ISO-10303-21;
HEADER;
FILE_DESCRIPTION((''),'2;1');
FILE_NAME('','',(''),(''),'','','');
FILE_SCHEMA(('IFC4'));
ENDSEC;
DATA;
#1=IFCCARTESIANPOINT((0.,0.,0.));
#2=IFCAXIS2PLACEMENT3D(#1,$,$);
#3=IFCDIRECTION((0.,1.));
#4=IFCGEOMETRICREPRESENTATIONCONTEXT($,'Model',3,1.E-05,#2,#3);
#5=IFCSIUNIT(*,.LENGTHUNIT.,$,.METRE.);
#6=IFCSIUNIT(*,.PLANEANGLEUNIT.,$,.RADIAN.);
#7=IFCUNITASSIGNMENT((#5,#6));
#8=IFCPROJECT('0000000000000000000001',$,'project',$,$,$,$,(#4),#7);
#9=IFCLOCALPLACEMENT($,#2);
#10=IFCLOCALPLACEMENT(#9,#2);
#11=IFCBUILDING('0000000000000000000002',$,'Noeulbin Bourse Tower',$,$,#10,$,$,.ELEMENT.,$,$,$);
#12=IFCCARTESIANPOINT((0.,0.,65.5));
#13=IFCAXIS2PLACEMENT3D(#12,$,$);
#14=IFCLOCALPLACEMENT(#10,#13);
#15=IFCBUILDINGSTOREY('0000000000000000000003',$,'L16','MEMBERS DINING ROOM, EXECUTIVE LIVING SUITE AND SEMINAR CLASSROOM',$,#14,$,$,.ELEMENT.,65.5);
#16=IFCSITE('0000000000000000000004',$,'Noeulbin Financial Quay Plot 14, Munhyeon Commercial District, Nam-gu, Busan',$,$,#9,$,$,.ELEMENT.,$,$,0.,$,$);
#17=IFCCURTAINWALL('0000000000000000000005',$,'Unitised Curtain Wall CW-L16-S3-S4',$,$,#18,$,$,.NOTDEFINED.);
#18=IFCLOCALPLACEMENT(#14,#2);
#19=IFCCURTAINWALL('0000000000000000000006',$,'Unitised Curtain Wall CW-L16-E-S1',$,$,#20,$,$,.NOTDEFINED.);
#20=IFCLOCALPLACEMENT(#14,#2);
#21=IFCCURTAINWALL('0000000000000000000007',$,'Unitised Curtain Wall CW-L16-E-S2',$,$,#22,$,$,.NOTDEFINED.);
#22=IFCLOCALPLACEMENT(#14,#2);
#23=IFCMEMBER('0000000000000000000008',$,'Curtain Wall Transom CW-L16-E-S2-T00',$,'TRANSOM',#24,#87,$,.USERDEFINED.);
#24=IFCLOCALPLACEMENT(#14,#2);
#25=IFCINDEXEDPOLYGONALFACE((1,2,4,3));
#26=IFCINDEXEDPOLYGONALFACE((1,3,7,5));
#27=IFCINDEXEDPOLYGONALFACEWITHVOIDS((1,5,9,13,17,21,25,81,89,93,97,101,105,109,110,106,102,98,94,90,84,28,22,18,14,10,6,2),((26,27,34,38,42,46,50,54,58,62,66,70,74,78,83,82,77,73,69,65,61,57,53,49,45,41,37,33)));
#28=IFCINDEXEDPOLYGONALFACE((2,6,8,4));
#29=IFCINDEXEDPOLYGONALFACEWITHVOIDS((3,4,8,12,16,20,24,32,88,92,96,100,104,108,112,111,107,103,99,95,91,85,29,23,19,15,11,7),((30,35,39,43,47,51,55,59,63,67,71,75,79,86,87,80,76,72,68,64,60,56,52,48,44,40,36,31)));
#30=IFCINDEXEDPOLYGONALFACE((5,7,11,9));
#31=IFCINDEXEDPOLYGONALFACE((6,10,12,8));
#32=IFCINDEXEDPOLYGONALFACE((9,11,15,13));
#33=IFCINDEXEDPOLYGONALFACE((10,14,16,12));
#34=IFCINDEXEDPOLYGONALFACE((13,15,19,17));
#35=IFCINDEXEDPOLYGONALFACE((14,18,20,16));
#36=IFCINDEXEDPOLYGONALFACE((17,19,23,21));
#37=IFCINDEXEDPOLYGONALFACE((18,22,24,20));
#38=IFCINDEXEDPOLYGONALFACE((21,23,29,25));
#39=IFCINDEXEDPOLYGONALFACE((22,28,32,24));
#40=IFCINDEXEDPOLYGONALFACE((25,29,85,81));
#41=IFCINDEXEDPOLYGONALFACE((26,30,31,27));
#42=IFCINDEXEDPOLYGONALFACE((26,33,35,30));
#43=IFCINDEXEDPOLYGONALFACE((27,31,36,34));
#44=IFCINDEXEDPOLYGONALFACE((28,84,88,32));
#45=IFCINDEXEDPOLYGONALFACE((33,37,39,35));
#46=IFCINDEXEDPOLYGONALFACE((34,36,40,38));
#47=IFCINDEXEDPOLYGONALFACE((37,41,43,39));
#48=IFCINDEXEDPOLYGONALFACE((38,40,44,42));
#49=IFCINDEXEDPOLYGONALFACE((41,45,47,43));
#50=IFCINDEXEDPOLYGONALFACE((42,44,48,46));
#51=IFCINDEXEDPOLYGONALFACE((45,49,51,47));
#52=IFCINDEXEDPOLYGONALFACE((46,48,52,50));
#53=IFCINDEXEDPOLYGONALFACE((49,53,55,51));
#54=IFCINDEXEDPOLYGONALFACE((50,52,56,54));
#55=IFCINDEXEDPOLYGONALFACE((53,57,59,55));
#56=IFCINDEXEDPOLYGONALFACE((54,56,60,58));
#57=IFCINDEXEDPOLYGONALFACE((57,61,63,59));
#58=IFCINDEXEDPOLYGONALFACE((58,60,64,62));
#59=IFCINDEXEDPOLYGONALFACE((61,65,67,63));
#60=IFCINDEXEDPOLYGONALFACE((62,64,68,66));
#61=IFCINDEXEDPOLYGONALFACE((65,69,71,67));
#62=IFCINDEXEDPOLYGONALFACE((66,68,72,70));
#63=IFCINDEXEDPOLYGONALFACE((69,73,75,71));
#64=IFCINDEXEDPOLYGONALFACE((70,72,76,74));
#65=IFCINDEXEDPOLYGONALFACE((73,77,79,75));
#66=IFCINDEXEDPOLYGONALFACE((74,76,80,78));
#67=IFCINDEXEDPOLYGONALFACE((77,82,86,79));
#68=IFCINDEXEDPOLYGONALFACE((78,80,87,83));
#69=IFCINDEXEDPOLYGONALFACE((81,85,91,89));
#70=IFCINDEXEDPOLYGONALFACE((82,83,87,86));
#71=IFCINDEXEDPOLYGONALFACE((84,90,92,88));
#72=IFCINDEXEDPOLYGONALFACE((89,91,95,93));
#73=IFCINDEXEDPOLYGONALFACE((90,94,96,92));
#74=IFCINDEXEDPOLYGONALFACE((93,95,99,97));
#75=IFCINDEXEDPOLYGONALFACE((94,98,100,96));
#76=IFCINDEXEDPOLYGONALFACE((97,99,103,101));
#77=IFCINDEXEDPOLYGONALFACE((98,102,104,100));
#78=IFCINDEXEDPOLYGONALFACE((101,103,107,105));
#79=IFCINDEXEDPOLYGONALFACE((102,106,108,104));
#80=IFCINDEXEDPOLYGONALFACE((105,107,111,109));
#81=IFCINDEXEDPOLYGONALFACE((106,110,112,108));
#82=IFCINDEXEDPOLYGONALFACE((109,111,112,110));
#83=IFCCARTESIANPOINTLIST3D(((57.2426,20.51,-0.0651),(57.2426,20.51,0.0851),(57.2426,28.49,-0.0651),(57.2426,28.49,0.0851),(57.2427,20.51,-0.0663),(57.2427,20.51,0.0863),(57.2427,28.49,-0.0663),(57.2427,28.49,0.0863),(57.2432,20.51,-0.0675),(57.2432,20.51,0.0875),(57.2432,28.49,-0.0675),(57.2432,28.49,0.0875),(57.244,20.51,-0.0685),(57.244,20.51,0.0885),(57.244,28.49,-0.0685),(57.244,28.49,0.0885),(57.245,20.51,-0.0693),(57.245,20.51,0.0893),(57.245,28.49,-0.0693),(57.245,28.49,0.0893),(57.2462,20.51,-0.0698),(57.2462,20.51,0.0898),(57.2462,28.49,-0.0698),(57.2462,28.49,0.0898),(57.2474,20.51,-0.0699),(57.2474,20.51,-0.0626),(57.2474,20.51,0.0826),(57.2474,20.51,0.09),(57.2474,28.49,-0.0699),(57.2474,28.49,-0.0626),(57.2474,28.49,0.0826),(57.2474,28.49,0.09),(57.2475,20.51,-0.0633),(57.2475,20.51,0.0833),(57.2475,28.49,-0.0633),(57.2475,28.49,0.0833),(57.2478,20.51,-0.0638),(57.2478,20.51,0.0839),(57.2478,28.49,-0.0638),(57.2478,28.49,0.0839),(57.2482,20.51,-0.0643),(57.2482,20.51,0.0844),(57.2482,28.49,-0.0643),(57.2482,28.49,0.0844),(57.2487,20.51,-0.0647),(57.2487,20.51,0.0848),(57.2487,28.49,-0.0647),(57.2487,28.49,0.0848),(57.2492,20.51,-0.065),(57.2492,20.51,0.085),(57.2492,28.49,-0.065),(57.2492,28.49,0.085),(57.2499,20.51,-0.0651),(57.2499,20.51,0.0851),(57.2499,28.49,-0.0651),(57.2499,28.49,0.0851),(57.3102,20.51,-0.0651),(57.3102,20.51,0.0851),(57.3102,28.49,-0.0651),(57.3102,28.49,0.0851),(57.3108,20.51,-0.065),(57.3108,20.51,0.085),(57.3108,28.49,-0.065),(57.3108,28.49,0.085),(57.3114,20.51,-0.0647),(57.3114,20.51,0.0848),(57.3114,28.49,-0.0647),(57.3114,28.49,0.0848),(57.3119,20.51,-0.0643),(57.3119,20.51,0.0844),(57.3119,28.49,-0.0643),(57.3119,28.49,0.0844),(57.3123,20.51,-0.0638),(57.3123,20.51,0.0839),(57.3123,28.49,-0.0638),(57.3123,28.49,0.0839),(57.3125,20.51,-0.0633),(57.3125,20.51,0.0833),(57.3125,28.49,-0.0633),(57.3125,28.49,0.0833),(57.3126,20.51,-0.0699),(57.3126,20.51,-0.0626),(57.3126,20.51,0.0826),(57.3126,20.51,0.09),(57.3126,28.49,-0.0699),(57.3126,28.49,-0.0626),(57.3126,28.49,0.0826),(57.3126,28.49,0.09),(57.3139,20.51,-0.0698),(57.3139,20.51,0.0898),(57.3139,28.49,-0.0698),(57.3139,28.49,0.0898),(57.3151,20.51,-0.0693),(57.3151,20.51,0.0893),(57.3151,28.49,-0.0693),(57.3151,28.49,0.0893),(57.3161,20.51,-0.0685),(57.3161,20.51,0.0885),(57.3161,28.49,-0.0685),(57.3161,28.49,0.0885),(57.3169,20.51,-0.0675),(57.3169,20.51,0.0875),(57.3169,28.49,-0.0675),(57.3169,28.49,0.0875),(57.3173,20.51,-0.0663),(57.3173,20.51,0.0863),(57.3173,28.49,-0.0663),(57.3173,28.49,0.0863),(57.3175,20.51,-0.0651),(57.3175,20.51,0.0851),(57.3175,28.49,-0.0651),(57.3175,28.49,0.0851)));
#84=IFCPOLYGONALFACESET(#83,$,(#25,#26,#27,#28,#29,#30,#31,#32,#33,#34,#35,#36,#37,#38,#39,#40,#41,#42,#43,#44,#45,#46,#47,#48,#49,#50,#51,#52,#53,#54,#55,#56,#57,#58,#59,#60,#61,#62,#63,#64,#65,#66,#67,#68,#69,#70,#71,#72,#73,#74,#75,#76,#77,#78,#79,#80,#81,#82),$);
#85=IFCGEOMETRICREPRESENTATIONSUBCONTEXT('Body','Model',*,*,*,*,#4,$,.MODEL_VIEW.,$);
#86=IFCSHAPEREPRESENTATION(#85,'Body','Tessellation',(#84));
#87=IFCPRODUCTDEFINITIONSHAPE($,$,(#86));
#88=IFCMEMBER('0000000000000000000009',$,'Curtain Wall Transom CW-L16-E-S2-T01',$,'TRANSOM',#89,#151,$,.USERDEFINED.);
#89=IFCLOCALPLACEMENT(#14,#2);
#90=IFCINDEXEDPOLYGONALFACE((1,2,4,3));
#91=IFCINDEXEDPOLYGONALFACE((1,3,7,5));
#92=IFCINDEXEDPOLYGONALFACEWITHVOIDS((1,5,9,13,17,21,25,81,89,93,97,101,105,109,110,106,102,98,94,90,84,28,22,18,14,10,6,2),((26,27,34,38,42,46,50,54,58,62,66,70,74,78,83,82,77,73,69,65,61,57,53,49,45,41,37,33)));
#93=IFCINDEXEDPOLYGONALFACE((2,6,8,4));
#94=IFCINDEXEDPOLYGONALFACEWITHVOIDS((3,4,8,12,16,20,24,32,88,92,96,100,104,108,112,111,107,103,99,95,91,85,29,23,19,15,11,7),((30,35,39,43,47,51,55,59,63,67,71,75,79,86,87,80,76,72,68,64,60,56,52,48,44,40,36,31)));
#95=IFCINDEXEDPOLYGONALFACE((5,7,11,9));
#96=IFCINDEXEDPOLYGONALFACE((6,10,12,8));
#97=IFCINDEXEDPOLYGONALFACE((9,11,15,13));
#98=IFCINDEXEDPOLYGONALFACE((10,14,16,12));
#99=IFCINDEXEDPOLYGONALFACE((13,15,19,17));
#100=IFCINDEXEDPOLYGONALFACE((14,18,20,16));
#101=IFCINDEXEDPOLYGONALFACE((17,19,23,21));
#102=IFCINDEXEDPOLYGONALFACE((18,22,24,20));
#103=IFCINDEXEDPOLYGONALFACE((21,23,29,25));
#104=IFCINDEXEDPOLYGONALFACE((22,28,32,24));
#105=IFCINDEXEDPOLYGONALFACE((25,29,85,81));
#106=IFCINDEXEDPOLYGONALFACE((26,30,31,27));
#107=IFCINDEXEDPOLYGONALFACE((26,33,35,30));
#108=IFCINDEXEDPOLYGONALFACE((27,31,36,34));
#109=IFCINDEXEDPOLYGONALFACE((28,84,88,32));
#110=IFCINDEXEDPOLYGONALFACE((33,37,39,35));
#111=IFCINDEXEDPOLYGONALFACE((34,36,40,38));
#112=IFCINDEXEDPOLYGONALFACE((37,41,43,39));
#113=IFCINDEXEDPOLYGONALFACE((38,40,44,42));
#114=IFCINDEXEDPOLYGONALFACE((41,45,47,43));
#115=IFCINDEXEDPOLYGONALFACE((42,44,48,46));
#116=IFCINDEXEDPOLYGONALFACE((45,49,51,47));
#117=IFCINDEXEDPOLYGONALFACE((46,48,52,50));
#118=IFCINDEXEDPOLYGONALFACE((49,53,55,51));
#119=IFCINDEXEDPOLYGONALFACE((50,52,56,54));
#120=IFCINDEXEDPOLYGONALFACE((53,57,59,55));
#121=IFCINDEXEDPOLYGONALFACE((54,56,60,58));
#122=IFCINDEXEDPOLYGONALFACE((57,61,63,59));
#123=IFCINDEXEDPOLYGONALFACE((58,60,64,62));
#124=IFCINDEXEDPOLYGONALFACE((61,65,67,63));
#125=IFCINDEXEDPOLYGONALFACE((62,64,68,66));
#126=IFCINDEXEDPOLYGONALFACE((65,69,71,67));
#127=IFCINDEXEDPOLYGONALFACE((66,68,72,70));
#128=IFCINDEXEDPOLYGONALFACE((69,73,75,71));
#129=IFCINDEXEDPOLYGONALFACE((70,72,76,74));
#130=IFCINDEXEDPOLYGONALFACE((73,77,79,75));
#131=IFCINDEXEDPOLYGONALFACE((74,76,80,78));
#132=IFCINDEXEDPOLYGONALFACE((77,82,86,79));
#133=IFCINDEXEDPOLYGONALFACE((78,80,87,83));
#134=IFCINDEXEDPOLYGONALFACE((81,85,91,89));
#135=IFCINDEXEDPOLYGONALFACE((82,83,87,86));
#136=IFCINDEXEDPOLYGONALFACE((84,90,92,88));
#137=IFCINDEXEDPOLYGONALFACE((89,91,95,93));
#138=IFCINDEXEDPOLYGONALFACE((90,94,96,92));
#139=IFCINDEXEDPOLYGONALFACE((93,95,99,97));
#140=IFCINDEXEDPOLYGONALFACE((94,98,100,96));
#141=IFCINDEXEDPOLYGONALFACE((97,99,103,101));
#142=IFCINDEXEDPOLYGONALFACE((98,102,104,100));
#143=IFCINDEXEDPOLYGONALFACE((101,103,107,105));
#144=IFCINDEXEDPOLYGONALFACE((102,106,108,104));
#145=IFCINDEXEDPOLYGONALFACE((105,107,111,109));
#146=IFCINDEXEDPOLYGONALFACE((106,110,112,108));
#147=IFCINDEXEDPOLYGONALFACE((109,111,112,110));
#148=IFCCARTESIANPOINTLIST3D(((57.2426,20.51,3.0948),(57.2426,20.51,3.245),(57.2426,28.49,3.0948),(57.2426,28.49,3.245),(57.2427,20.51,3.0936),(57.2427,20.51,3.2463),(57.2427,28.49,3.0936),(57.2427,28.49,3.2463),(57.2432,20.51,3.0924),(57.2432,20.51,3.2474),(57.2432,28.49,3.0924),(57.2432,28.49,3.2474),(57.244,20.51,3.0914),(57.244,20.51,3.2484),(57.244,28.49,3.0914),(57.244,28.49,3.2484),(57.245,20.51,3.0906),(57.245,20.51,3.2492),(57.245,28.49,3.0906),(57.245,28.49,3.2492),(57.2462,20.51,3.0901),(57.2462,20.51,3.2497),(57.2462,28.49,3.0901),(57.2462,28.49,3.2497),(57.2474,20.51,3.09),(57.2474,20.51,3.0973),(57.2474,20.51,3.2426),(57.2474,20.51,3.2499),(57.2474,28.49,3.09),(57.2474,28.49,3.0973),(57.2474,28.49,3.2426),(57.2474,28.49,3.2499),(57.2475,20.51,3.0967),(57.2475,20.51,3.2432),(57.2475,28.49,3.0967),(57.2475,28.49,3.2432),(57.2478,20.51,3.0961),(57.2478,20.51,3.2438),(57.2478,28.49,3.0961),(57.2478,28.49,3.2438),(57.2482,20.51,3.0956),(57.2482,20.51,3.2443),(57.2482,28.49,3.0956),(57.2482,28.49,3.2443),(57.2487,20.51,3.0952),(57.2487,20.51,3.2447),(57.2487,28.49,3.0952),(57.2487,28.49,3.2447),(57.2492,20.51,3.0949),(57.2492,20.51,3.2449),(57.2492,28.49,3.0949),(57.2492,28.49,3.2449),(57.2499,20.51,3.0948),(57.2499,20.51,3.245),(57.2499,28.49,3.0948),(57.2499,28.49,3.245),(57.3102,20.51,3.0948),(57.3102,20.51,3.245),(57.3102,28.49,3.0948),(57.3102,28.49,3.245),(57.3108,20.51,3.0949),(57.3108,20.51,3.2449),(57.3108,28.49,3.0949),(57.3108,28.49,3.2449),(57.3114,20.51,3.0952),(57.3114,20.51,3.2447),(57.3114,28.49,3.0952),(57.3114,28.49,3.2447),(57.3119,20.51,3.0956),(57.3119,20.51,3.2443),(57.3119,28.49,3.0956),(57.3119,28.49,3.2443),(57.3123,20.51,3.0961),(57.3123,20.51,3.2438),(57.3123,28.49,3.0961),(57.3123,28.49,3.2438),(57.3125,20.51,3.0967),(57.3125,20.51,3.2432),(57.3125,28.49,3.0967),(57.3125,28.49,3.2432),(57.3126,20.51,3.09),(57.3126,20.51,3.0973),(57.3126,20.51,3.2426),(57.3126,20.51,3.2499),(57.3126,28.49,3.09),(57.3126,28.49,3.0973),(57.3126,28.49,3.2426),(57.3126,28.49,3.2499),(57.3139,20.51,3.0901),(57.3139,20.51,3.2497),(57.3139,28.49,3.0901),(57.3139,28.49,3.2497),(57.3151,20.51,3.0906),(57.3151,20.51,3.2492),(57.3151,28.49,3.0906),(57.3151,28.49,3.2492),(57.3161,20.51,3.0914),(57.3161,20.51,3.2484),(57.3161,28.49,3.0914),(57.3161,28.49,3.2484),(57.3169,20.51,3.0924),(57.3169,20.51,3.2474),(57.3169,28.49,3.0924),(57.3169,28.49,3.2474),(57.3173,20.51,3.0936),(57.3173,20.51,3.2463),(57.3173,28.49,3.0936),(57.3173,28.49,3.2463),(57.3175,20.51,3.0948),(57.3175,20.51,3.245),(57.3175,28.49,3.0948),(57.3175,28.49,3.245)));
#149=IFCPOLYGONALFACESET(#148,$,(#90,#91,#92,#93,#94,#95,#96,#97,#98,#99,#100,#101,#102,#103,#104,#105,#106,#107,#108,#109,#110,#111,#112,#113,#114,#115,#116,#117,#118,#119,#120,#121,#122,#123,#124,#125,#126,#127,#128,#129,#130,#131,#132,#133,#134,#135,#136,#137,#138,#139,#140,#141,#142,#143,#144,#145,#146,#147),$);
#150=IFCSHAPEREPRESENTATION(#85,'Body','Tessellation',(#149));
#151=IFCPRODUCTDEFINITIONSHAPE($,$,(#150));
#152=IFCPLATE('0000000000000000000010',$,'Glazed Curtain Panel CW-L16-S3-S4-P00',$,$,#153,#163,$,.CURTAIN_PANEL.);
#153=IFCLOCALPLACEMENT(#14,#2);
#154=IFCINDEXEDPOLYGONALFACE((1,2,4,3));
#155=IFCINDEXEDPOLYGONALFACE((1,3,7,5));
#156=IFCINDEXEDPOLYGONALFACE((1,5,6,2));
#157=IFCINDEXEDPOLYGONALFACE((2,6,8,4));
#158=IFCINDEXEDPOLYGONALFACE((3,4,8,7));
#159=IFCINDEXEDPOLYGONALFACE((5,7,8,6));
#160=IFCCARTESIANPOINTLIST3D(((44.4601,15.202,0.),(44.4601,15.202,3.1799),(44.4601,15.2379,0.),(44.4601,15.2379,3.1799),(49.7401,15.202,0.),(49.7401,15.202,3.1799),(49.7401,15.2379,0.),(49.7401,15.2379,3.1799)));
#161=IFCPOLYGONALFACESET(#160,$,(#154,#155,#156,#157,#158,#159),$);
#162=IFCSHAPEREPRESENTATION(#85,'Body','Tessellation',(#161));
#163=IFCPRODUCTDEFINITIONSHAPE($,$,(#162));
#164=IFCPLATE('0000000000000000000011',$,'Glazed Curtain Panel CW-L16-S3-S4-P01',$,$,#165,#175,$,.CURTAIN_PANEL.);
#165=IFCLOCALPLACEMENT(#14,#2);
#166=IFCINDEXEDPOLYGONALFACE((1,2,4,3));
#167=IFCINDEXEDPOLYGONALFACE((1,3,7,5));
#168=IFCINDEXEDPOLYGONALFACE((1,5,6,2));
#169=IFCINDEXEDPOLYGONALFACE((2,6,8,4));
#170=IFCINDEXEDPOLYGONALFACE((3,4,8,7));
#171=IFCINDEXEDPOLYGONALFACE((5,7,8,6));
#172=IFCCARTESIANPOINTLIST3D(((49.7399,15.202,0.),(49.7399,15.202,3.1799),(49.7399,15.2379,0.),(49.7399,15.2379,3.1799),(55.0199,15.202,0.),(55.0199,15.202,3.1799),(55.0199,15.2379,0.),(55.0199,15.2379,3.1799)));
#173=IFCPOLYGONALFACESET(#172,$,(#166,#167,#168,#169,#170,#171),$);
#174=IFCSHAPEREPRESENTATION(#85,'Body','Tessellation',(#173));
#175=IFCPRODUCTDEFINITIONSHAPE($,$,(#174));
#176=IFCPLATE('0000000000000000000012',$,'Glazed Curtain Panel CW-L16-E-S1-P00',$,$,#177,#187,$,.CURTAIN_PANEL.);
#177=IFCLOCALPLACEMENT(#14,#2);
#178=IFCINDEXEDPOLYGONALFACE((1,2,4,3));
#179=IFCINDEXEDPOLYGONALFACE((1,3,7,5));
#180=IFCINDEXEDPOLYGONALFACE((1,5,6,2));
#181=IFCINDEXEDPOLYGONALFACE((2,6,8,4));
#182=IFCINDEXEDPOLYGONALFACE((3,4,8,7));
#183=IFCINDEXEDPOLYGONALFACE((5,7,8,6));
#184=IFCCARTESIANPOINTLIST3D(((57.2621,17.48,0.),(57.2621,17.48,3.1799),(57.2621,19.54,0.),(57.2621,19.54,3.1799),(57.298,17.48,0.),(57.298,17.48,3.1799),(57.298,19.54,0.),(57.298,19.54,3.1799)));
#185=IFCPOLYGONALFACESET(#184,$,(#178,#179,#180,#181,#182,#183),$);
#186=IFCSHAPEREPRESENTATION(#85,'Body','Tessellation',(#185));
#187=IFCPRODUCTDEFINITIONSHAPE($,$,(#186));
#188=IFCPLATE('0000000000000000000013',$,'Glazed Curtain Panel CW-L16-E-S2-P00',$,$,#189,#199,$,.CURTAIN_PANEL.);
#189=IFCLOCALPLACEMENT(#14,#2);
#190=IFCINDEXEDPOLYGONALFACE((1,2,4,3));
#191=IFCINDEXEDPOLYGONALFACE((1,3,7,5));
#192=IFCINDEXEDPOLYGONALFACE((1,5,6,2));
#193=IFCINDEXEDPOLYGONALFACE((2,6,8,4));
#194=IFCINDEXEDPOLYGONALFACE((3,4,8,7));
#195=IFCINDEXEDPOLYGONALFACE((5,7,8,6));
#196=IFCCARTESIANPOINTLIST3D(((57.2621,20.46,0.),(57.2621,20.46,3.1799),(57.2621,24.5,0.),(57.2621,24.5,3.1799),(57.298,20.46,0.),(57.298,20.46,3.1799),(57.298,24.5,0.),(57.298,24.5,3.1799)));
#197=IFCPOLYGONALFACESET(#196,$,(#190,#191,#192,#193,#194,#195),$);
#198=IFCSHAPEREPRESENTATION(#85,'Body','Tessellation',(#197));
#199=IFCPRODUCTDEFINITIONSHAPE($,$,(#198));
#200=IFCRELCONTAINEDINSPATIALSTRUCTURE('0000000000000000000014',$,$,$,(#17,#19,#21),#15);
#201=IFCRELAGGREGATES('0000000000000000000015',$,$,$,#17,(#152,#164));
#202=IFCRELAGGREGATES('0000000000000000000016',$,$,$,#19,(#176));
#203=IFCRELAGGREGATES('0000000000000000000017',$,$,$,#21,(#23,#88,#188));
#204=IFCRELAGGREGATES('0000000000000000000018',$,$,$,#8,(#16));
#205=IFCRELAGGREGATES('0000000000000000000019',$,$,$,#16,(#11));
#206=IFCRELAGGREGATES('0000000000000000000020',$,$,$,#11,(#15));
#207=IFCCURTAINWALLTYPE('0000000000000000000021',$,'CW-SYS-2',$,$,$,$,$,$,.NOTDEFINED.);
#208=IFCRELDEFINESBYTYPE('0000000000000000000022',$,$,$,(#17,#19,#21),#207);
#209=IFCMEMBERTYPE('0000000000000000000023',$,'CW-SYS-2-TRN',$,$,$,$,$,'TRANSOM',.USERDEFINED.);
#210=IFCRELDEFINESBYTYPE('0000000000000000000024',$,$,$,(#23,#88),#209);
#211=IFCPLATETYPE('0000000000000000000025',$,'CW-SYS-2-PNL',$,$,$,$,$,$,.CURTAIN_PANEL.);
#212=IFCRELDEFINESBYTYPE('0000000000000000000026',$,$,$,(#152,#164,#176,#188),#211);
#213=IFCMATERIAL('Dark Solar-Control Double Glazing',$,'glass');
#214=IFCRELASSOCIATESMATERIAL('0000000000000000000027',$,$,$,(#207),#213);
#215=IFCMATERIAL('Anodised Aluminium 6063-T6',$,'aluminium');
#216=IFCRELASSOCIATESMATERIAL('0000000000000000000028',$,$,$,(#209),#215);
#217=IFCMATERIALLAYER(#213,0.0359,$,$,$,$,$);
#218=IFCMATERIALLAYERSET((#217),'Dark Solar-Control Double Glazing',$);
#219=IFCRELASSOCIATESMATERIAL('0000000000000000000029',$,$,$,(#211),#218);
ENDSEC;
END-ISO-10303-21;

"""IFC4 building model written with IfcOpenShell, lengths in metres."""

from ifc_helpers import new_model, si_unit, direction, frame, origin, origin_2d, place, context, subcontext, project, spatial, rectangle, hollow_rectangle, extrude, material, layer, layer_set, material_profile, profile_set, type_object, element, aggregate, save


model = new_model("IFC4")

# Units and contexts
model_context = context("Model", 3, precision=1e-05, world=origin(), true_north=direction((0.0, 1.0)))
body_context = subcontext(model_context, "Body", "Model", "MODEL_VIEW")
ifc_project = project(units=[si_unit("LENGTHUNIT", "METRE"), si_unit("PLANEANGLEUNIT", "RADIAN")], contexts=[model_context])

# Site, building, storey
site_placement = place(None, origin())
site = spatial("IfcSite", under=ifc_project, at=site_placement, Name="Noeulbin Financial Quay Plot 14, Munhyeon Commercial District, Nam-gu, Busan", CompositionType="ELEMENT", RefElevation=0.0)
building_placement = place(site_placement, origin())
building = spatial("IfcBuilding", under=site, at=building_placement, Name="Noeulbin Bourse Tower", CompositionType="ELEMENT")
storey_placement = place(building_placement, frame((0.0, 0.0, 65.5)))
storey = spatial("IfcBuildingStorey", under=building, at=storey_placement, Name="L16", Description="MEMBERS DINING ROOM, EXECUTIVE LIVING SUITE AND SEMINAR CLASSROOM", CompositionType="ELEMENT", Elevation=65.5)

# Curtain walls
ifc_material_1 = material(Name="Dark Solar-Control Double Glazing", Category="glass")
curtain_wall_type = type_object("IfcCurtainWallType", Name="CW-SYS-2", PredefinedType="NOTDEFINED", material=ifc_material_1)
curtain_wall_1_placement = place(storey_placement, origin())
curtain_wall_1 = element("IfcCurtainWall", 1, at=curtain_wall_1_placement, inside=storey, type_object=curtain_wall_type, Name="Unitised Curtain Wall CW-L16-S3-S4", PredefinedType="NOTDEFINED")
ifc_material_2 = material(Name="Anodised Aluminium 6063-T6", Category="aluminium")
curtain_wall_2_placement = place(storey_placement, origin())
curtain_wall_2 = element("IfcCurtainWall", 2, at=curtain_wall_2_placement, inside=storey, type_object=curtain_wall_type, Name="Unitised Curtain Wall CW-L16-E-S1", PredefinedType="NOTDEFINED")
curtain_wall_3_placement = place(storey_placement, origin())
curtain_wall_3 = element("IfcCurtainWall", 3, at=curtain_wall_3_placement, inside=storey, type_object=curtain_wall_type, Name="Unitised Curtain Wall CW-L16-E-S2", PredefinedType="NOTDEFINED")

# Members
ifc_material_profile_1 = material_profile(ifc_material_2, hollow_rectangle(XDim=0.075, YDim=0.1599, WallThickness=0.0049, InnerFilletRadius=0.0024, OuterFilletRadius=0.0049, at=origin_2d()), Name="ALU-TRAN-75x160x5", Category="LoadBearing")
ifc_profile_set_1 = profile_set([ifc_material_profile_1], Name="Anodised Aluminium 6063-T6")
member_type_1 = type_object("IfcMemberType", Name="CW-SYS-2-TRN", ElementType="TRANSOM", PredefinedType="USERDEFINED", material=ifc_profile_set_1)
member_1_placement = place(storey_placement, frame((57.28, 20.51, 0.01), z_axis=(0.0, 1.0, 0.0), x_axis=(-1.0, 0.0, 0.0)))
member_1 = element("IfcMember", 4, at=member_1_placement, type_object=member_type_1, Name="Curtain Wall Transom CW-L16-E-S2-T00", ObjectType="TRANSOM", PredefinedType="USERDEFINED", context=body_context, shape_type="SweptSolid", body=[
    extrude(hollow_rectangle(XDim=0.075, YDim=0.1599, WallThickness=0.0049, InnerFilletRadius=0.0024, OuterFilletRadius=0.0049, at=origin_2d()), origin(), (0.0, 0.0, 1.0), 7.98),
])
member_2_placement = place(storey_placement, frame((57.28, 20.51, 3.1699), z_axis=(0.0, 1.0, 0.0), x_axis=(-1.0, 0.0, 0.0)))
member_2 = element("IfcMember", 5, at=member_2_placement, type_object=member_type_1, Name="Curtain Wall Transom CW-L16-E-S2-T01", ObjectType="TRANSOM", PredefinedType="USERDEFINED", context=body_context, shape_type="SweptSolid", body=[
    extrude(hollow_rectangle(XDim=0.075, YDim=0.1599, WallThickness=0.0049, InnerFilletRadius=0.0024, OuterFilletRadius=0.0049, at=origin_2d()), origin(), (0.0, 0.0, 1.0), 7.98),
])

# Plates
ifc_layer_1 = layer(ifc_material_1, 0.0359)
ifc_layer_set_1 = layer_set([ifc_layer_1], Name="Dark Solar-Control Double Glazing")
plate_type_1 = type_object("IfcPlateType", Name="CW-SYS-2-PNL", PredefinedType="CURTAIN_PANEL", material=ifc_layer_set_1)
plate_1_placement = place(storey_placement, frame((47.1001, 15.22, 0.0), z_axis=(0.0, 0.0, 1.0), x_axis=(1.0, 0.0, 0.0)))
plate_1 = element("IfcPlate", 6, at=plate_1_placement, type_object=plate_type_1, Name="Glazed Curtain Panel CW-L16-S3-S4-P00", PredefinedType="CURTAIN_PANEL", context=body_context, shape_type="SweptSolid", body=[
    extrude(rectangle(XDim=5.28, YDim=0.0359, at=origin_2d()), origin(), (0.0, 0.0, 1.0), 3.1799),
])
plate_2_placement = place(storey_placement, frame((52.3799, 15.22, 0.0), z_axis=(0.0, 0.0, 1.0), x_axis=(1.0, 0.0, 0.0)))
plate_2 = element("IfcPlate", 7, at=plate_2_placement, type_object=plate_type_1, Name="Glazed Curtain Panel CW-L16-S3-S4-P01", PredefinedType="CURTAIN_PANEL", context=body_context, shape_type="SweptSolid", body=[
    extrude(rectangle(XDim=5.28, YDim=0.0359, at=origin_2d()), origin(), (0.0, 0.0, 1.0), 3.1799),
])
aggregate(curtain_wall_1, [plate_1, plate_2])
plate_3_placement = place(storey_placement, frame((57.28, 18.51, 0.0), z_axis=(0.0, 0.0, 1.0), x_axis=(0.0, 1.0, 0.0)))
plate_3 = element("IfcPlate", 8, at=plate_3_placement, type_object=plate_type_1, Name="Glazed Curtain Panel CW-L16-E-S1-P00", PredefinedType="CURTAIN_PANEL", context=body_context, shape_type="SweptSolid", body=[
    extrude(rectangle(XDim=2.0601, YDim=0.0359, at=origin_2d()), origin(), (0.0, 0.0, 1.0), 3.1799),
])
aggregate(curtain_wall_2, [plate_3])
plate_4_placement = place(storey_placement, frame((57.28, 22.48, 0.0), z_axis=(0.0, 0.0, 1.0), x_axis=(0.0, 1.0, 0.0)))
plate_4 = element("IfcPlate", 9, at=plate_4_placement, type_object=plate_type_1, Name="Glazed Curtain Panel CW-L16-E-S2-P00", PredefinedType="CURTAIN_PANEL", context=body_context, shape_type="SweptSolid", body=[
    extrude(rectangle(XDim=4.04, YDim=0.0359, at=origin_2d()), origin(), (0.0, 0.0, 1.0), 3.1799),
])
aggregate(curtain_wall_3, [member_1, member_2, plate_4])

save(model, "model.ifc")
